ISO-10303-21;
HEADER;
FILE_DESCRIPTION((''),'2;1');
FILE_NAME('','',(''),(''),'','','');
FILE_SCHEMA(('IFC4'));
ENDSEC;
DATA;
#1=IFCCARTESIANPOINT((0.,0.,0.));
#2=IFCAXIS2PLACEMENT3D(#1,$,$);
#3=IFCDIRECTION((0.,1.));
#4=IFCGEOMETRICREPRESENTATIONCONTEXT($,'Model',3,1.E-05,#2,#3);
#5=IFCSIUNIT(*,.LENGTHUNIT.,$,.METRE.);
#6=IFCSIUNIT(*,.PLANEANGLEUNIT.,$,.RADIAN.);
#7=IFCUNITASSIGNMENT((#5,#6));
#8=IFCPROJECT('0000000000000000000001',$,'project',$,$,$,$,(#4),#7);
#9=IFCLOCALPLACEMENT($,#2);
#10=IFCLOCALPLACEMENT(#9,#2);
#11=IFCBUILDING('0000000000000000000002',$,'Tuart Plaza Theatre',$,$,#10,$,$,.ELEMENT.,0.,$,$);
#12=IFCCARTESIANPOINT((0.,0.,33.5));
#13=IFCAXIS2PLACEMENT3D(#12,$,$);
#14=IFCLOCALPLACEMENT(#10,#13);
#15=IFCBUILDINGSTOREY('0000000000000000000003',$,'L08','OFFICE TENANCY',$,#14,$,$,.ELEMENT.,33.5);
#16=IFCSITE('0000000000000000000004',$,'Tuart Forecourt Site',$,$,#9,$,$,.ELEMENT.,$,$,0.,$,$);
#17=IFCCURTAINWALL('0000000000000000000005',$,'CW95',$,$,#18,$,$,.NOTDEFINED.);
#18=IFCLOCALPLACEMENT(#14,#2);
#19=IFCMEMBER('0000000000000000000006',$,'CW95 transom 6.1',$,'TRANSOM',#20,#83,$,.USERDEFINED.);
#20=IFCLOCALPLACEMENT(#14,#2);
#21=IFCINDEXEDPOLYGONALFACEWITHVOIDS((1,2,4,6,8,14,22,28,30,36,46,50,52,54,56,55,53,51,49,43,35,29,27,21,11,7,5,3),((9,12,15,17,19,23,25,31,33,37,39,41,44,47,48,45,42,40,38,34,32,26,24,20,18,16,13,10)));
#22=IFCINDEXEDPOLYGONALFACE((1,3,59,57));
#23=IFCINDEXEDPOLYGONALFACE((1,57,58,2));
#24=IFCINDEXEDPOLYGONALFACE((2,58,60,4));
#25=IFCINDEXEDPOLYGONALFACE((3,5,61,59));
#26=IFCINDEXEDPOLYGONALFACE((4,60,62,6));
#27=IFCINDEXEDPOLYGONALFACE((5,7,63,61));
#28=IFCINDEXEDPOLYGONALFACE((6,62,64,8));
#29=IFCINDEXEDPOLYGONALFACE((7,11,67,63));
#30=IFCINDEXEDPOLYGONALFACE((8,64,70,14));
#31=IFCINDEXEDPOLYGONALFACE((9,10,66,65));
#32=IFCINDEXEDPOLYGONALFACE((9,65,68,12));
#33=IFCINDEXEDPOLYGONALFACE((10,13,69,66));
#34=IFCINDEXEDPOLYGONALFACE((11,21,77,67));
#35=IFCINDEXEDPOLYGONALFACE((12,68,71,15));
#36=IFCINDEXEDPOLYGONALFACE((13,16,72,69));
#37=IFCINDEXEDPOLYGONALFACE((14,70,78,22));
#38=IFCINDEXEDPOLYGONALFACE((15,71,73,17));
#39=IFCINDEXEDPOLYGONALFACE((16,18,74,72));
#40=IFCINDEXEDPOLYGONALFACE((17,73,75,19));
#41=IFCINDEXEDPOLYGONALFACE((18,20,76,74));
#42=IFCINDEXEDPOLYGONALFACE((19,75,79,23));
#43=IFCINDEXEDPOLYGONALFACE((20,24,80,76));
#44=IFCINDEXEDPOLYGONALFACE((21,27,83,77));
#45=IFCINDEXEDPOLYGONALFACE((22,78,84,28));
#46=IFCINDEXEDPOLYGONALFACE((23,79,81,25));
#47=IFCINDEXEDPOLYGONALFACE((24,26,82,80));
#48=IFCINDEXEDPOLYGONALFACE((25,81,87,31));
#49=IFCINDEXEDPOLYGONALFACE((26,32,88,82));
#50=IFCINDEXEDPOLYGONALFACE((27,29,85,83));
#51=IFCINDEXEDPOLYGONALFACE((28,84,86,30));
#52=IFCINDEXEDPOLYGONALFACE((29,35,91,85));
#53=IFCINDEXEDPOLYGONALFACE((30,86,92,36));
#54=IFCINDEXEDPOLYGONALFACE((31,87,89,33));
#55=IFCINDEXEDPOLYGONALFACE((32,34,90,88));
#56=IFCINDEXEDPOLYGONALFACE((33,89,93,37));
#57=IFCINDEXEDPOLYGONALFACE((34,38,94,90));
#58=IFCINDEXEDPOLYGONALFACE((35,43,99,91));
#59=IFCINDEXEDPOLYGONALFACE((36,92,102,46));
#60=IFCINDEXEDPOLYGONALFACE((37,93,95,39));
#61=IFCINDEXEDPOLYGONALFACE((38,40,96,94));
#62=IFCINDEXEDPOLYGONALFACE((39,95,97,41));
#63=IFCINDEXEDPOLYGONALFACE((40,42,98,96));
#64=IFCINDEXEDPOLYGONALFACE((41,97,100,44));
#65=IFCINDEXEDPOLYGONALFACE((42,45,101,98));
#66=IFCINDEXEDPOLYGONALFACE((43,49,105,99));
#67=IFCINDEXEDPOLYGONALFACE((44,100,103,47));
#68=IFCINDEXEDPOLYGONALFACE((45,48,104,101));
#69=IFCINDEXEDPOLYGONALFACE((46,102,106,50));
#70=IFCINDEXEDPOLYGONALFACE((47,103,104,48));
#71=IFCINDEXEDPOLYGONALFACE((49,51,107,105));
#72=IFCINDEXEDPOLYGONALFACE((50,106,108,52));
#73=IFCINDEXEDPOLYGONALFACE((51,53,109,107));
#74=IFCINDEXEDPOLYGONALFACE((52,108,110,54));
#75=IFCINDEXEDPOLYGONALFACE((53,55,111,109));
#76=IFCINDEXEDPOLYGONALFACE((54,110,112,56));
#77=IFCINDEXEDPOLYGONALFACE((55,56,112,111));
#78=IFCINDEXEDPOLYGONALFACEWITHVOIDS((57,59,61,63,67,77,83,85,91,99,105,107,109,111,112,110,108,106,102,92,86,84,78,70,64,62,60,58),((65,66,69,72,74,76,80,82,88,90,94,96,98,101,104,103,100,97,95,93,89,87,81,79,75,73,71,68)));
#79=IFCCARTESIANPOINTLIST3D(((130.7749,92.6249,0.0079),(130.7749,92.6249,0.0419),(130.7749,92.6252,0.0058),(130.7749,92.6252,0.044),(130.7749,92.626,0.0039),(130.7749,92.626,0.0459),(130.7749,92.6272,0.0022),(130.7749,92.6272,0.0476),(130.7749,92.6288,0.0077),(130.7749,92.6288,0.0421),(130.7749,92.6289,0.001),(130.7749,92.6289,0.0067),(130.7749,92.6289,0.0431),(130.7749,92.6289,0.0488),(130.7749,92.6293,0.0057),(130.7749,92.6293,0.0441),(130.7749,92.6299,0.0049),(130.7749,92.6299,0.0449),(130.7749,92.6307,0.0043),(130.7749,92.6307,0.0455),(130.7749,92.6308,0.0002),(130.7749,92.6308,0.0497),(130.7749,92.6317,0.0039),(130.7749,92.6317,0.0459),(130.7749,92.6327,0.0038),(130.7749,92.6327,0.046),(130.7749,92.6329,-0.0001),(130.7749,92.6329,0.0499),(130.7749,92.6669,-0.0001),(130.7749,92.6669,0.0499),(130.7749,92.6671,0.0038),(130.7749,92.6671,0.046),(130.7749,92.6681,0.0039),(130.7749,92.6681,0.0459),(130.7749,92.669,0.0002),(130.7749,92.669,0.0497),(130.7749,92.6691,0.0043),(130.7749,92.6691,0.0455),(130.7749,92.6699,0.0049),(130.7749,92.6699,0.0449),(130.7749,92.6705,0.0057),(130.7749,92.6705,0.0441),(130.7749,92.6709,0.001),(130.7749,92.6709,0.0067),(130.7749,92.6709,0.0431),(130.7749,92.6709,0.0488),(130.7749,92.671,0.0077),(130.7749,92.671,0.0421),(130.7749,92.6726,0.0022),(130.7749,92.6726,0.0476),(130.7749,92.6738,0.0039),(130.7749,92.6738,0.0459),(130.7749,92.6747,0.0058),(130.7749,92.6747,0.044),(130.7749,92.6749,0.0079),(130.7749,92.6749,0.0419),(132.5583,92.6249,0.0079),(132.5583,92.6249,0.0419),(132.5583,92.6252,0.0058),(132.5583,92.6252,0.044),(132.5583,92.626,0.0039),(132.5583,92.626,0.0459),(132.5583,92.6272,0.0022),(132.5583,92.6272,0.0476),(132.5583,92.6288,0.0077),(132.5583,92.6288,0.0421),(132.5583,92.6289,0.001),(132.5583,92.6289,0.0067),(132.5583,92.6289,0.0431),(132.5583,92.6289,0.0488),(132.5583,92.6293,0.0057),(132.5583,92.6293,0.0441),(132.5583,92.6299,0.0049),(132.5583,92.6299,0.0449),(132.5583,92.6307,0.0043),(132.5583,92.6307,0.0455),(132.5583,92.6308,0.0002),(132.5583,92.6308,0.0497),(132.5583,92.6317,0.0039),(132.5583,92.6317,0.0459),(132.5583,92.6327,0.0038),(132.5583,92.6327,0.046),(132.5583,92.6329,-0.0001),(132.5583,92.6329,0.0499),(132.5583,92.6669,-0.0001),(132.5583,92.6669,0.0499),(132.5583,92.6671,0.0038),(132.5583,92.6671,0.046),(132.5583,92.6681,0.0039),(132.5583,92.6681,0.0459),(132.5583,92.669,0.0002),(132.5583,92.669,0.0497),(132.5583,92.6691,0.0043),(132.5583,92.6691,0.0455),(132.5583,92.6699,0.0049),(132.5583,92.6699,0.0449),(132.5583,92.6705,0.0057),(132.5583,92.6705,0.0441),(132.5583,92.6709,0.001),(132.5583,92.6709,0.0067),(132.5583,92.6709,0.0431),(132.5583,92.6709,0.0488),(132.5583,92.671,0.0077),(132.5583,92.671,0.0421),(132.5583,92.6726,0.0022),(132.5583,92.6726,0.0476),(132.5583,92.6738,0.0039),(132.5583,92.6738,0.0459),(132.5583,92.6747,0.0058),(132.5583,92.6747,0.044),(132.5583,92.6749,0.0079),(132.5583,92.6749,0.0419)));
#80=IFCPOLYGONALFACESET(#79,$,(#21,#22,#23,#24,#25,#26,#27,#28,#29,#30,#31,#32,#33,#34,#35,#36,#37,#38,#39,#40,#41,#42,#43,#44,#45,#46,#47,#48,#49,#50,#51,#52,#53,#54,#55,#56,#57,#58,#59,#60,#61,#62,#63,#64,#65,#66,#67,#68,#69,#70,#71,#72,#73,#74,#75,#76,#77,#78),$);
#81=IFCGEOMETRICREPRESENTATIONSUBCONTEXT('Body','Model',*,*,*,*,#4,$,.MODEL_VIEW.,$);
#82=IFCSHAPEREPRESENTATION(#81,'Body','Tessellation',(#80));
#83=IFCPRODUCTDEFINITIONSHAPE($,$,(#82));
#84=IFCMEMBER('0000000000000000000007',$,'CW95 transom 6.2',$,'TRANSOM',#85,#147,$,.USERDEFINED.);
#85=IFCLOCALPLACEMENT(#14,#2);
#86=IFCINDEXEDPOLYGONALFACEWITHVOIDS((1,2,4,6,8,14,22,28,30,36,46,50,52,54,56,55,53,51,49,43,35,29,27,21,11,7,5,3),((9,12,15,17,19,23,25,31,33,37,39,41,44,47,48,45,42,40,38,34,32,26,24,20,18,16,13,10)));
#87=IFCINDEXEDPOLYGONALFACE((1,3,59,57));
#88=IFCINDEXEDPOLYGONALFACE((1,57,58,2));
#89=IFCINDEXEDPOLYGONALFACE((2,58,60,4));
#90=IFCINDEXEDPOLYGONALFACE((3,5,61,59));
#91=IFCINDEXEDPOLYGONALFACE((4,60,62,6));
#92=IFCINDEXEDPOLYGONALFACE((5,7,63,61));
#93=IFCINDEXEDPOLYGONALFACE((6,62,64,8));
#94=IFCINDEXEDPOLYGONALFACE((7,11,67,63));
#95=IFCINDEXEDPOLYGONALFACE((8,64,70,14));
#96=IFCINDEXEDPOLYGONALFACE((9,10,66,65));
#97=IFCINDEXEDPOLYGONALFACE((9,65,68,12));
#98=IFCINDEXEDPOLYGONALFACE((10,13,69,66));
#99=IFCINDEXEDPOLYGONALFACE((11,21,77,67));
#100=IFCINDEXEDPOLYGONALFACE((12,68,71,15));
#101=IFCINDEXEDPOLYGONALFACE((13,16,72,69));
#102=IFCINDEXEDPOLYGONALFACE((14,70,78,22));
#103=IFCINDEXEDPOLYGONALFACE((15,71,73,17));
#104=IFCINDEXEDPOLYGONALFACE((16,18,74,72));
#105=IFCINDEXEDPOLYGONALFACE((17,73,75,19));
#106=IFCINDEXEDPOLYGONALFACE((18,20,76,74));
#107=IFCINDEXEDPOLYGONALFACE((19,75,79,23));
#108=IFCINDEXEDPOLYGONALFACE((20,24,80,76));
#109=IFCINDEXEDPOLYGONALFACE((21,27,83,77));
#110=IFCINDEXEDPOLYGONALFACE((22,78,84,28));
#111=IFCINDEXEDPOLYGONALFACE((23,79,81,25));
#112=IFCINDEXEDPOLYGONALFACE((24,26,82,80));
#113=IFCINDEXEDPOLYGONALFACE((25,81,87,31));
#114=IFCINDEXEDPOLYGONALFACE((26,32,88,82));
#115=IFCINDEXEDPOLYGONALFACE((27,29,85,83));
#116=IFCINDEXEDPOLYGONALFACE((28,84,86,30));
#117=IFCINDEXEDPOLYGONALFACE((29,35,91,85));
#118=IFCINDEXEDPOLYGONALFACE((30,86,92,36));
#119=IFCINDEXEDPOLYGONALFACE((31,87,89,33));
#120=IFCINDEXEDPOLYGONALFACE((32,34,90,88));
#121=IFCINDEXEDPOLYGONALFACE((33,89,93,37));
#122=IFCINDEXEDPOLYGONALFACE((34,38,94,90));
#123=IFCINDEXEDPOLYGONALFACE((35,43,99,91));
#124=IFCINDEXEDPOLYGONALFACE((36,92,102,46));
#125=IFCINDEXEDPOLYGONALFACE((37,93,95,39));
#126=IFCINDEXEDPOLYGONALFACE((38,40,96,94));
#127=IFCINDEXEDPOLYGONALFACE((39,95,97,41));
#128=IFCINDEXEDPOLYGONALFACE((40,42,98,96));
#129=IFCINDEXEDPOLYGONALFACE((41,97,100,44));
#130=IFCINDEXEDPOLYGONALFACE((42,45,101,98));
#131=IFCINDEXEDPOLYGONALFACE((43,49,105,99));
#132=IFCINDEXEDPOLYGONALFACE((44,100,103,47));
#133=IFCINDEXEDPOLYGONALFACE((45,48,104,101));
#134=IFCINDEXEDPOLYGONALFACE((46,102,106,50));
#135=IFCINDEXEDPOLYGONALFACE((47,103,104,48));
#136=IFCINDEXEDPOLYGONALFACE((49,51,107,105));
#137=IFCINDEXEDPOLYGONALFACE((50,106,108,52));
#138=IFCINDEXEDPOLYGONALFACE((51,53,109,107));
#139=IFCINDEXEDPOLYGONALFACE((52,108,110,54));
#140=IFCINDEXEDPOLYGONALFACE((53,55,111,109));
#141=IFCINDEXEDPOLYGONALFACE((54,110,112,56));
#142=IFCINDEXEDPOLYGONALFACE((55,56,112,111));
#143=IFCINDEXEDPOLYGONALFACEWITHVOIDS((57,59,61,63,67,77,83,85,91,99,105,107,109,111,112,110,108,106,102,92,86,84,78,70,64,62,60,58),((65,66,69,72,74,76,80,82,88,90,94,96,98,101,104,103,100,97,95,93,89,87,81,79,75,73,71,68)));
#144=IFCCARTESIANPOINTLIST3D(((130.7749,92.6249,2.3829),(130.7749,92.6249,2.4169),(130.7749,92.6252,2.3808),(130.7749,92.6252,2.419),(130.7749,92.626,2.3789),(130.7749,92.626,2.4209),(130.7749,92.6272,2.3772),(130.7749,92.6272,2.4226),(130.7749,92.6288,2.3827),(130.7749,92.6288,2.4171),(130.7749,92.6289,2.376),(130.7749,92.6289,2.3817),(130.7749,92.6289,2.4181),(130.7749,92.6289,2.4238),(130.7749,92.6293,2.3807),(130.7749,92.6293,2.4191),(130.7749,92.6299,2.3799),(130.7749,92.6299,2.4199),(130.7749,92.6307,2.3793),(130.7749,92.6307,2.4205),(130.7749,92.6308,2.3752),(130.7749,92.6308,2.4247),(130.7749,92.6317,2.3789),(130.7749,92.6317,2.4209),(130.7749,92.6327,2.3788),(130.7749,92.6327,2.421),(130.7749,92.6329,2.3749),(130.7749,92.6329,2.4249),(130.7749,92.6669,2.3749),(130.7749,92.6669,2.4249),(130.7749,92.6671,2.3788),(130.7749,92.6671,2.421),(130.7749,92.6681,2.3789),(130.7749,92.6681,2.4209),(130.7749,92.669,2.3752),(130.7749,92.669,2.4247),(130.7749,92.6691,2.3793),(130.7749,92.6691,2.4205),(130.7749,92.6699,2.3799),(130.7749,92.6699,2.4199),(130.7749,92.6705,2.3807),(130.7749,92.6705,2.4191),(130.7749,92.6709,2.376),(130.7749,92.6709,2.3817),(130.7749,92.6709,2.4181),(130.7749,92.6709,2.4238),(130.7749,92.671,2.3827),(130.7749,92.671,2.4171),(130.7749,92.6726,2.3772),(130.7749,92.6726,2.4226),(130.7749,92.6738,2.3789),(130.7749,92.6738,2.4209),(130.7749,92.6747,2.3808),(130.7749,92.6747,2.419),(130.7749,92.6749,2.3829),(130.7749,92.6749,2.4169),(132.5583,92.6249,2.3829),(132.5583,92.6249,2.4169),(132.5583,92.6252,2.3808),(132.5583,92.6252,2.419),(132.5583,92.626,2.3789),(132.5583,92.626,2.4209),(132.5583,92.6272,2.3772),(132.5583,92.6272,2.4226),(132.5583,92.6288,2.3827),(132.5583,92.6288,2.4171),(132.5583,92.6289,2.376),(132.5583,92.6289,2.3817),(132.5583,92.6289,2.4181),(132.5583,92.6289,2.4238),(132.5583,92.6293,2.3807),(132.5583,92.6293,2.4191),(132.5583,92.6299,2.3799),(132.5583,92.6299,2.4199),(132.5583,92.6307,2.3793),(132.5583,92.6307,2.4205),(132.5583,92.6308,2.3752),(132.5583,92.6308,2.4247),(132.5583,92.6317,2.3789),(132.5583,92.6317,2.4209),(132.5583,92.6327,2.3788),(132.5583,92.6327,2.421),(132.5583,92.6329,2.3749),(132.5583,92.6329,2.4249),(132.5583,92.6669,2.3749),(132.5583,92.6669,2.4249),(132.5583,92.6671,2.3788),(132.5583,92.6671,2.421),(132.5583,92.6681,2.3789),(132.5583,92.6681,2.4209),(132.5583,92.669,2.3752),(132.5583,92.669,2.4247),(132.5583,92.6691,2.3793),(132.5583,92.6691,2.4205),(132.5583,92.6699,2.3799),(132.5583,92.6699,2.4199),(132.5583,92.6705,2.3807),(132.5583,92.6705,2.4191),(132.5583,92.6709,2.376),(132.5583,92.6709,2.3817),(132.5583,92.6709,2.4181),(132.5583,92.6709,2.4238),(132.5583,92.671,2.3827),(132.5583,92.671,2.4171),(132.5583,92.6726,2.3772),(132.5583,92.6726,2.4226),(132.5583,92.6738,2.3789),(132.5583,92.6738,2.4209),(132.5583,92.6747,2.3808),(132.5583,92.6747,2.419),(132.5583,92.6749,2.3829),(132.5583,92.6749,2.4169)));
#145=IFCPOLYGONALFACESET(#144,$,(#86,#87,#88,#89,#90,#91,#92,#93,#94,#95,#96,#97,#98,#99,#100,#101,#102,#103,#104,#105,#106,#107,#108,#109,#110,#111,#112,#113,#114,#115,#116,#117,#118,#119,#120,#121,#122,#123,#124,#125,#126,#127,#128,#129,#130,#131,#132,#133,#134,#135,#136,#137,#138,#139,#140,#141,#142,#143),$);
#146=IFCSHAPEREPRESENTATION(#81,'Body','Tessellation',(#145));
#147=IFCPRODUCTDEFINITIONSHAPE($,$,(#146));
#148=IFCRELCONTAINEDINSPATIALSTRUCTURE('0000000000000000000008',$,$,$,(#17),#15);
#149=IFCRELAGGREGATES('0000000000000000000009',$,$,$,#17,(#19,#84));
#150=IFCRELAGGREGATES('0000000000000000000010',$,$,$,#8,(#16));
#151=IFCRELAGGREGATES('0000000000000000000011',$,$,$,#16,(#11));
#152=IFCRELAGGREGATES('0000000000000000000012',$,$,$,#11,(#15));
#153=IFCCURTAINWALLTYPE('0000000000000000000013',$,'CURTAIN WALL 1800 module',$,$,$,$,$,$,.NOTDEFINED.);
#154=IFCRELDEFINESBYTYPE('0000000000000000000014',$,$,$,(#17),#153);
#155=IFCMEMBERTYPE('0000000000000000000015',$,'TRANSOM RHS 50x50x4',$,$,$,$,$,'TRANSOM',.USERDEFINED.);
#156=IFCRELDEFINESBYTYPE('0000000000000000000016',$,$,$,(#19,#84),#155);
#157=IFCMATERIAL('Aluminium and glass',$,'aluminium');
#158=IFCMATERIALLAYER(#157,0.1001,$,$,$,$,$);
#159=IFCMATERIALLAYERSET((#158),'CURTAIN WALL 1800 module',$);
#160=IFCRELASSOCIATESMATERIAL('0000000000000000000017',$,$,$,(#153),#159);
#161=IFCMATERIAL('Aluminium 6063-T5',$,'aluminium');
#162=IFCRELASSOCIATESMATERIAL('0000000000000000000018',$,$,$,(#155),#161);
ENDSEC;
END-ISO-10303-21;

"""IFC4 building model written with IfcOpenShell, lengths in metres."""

from ifc_helpers import new_model, si_unit, direction, frame, origin, origin_2d, place, context, subcontext, project, spatial, hollow_rectangle, extrude, material, layer, layer_set, material_profile, profile_set, type_object, element, aggregate, save


model = new_model("IFC4")

# Units and contexts
model_context = context("Model", 3, precision=1e-05, world=origin(), true_north=direction((0.0, 1.0)))
body_context = subcontext(model_context, "Body", "Model", "MODEL_VIEW")
ifc_project = project(units=[si_unit("LENGTHUNIT", "METRE"), si_unit("PLANEANGLEUNIT", "RADIAN")], contexts=[model_context])

# Site, building, storey
site_placement = place(None, origin())
site = spatial("IfcSite", under=ifc_project, at=site_placement, Name="Tuart Forecourt Site", CompositionType="ELEMENT", RefElevation=0.0)
building_placement = place(site_placement, origin())
building = spatial("IfcBuilding", under=site, at=building_placement, Name="Tuart Plaza Theatre", CompositionType="ELEMENT", ElevationOfRefHeight=0.0)
storey_placement = place(building_placement, frame((0.0, 0.0, 33.5)))
storey = spatial("IfcBuildingStorey", under=building, at=storey_placement, Name="L08", Description="OFFICE TENANCY", CompositionType="ELEMENT", Elevation=33.5)

# Curtain wall, members
ifc_material_1 = material(Name="Aluminium and glass", Category="aluminium")
ifc_layer_1 = layer(ifc_material_1, 0.1001)
ifc_layer_set_1 = layer_set([ifc_layer_1], Name="CURTAIN WALL 1800 module")
curtain_wall_type = type_object("IfcCurtainWallType", Name="CURTAIN WALL 1800 module", PredefinedType="NOTDEFINED", material=ifc_layer_set_1)
curtain_wall_placement = place(storey_placement, origin())
curtain_wall = element("IfcCurtainWall", 1, at=curtain_wall_placement, inside=storey, type_object=curtain_wall_type, Name="CW95", PredefinedType="NOTDEFINED")
ifc_material_2 = material(Name="Aluminium 6063-T5", Category="aluminium")
ifc_material_profile_1 = material_profile(ifc_material_2, hollow_rectangle(XDim=0.05, YDim=0.05, WallThickness=0.0039, InnerFilletRadius=0.0039, OuterFilletRadius=0.0081, at=origin_2d()), Name="RHS 50x50x4")
ifc_profile_set_1 = profile_set([ifc_material_profile_1], Name="Aluminium 6063-T5")
member_type_1 = type_object("IfcMemberType", Name="TRANSOM RHS 50x50x4", ElementType="TRANSOM", PredefinedType="USERDEFINED", material=ifc_profile_set_1)
member_1_placement = place(storey_placement, frame((132.5583, 92.6499, 0.0249), z_axis=(-1.0, 0.0, 0.0), x_axis=(0.0, -1.0, 0.0)))
member_1 = element("IfcMember", 2, at=member_1_placement, type_object=member_type_1, Name="CW95 transom 6.1", ObjectType="TRANSOM", PredefinedType="USERDEFINED", context=body_context, shape_type="SweptSolid", body=[
    extrude(hollow_rectangle(XDim=0.05, YDim=0.05, WallThickness=0.0039, InnerFilletRadius=0.0039, OuterFilletRadius=0.0081, at=origin_2d()), origin(), (0.0, 0.0, 1.0), 1.7834),
])
member_2_placement = place(storey_placement, frame((132.5583, 92.6499, 2.3999), z_axis=(-1.0, 0.0, 0.0), x_axis=(0.0, -1.0, 0.0)))
member_2 = element("IfcMember", 3, at=member_2_placement, type_object=member_type_1, Name="CW95 transom 6.2", ObjectType="TRANSOM", PredefinedType="USERDEFINED", context=body_context, shape_type="SweptSolid", body=[
    extrude(hollow_rectangle(XDim=0.05, YDim=0.05, WallThickness=0.0039, InnerFilletRadius=0.0039, OuterFilletRadius=0.0081, at=origin_2d()), origin(), (0.0, 0.0, 1.0), 1.7834),
])
aggregate(curtain_wall, [member_1, member_2])

save(model, "model.ifc")
